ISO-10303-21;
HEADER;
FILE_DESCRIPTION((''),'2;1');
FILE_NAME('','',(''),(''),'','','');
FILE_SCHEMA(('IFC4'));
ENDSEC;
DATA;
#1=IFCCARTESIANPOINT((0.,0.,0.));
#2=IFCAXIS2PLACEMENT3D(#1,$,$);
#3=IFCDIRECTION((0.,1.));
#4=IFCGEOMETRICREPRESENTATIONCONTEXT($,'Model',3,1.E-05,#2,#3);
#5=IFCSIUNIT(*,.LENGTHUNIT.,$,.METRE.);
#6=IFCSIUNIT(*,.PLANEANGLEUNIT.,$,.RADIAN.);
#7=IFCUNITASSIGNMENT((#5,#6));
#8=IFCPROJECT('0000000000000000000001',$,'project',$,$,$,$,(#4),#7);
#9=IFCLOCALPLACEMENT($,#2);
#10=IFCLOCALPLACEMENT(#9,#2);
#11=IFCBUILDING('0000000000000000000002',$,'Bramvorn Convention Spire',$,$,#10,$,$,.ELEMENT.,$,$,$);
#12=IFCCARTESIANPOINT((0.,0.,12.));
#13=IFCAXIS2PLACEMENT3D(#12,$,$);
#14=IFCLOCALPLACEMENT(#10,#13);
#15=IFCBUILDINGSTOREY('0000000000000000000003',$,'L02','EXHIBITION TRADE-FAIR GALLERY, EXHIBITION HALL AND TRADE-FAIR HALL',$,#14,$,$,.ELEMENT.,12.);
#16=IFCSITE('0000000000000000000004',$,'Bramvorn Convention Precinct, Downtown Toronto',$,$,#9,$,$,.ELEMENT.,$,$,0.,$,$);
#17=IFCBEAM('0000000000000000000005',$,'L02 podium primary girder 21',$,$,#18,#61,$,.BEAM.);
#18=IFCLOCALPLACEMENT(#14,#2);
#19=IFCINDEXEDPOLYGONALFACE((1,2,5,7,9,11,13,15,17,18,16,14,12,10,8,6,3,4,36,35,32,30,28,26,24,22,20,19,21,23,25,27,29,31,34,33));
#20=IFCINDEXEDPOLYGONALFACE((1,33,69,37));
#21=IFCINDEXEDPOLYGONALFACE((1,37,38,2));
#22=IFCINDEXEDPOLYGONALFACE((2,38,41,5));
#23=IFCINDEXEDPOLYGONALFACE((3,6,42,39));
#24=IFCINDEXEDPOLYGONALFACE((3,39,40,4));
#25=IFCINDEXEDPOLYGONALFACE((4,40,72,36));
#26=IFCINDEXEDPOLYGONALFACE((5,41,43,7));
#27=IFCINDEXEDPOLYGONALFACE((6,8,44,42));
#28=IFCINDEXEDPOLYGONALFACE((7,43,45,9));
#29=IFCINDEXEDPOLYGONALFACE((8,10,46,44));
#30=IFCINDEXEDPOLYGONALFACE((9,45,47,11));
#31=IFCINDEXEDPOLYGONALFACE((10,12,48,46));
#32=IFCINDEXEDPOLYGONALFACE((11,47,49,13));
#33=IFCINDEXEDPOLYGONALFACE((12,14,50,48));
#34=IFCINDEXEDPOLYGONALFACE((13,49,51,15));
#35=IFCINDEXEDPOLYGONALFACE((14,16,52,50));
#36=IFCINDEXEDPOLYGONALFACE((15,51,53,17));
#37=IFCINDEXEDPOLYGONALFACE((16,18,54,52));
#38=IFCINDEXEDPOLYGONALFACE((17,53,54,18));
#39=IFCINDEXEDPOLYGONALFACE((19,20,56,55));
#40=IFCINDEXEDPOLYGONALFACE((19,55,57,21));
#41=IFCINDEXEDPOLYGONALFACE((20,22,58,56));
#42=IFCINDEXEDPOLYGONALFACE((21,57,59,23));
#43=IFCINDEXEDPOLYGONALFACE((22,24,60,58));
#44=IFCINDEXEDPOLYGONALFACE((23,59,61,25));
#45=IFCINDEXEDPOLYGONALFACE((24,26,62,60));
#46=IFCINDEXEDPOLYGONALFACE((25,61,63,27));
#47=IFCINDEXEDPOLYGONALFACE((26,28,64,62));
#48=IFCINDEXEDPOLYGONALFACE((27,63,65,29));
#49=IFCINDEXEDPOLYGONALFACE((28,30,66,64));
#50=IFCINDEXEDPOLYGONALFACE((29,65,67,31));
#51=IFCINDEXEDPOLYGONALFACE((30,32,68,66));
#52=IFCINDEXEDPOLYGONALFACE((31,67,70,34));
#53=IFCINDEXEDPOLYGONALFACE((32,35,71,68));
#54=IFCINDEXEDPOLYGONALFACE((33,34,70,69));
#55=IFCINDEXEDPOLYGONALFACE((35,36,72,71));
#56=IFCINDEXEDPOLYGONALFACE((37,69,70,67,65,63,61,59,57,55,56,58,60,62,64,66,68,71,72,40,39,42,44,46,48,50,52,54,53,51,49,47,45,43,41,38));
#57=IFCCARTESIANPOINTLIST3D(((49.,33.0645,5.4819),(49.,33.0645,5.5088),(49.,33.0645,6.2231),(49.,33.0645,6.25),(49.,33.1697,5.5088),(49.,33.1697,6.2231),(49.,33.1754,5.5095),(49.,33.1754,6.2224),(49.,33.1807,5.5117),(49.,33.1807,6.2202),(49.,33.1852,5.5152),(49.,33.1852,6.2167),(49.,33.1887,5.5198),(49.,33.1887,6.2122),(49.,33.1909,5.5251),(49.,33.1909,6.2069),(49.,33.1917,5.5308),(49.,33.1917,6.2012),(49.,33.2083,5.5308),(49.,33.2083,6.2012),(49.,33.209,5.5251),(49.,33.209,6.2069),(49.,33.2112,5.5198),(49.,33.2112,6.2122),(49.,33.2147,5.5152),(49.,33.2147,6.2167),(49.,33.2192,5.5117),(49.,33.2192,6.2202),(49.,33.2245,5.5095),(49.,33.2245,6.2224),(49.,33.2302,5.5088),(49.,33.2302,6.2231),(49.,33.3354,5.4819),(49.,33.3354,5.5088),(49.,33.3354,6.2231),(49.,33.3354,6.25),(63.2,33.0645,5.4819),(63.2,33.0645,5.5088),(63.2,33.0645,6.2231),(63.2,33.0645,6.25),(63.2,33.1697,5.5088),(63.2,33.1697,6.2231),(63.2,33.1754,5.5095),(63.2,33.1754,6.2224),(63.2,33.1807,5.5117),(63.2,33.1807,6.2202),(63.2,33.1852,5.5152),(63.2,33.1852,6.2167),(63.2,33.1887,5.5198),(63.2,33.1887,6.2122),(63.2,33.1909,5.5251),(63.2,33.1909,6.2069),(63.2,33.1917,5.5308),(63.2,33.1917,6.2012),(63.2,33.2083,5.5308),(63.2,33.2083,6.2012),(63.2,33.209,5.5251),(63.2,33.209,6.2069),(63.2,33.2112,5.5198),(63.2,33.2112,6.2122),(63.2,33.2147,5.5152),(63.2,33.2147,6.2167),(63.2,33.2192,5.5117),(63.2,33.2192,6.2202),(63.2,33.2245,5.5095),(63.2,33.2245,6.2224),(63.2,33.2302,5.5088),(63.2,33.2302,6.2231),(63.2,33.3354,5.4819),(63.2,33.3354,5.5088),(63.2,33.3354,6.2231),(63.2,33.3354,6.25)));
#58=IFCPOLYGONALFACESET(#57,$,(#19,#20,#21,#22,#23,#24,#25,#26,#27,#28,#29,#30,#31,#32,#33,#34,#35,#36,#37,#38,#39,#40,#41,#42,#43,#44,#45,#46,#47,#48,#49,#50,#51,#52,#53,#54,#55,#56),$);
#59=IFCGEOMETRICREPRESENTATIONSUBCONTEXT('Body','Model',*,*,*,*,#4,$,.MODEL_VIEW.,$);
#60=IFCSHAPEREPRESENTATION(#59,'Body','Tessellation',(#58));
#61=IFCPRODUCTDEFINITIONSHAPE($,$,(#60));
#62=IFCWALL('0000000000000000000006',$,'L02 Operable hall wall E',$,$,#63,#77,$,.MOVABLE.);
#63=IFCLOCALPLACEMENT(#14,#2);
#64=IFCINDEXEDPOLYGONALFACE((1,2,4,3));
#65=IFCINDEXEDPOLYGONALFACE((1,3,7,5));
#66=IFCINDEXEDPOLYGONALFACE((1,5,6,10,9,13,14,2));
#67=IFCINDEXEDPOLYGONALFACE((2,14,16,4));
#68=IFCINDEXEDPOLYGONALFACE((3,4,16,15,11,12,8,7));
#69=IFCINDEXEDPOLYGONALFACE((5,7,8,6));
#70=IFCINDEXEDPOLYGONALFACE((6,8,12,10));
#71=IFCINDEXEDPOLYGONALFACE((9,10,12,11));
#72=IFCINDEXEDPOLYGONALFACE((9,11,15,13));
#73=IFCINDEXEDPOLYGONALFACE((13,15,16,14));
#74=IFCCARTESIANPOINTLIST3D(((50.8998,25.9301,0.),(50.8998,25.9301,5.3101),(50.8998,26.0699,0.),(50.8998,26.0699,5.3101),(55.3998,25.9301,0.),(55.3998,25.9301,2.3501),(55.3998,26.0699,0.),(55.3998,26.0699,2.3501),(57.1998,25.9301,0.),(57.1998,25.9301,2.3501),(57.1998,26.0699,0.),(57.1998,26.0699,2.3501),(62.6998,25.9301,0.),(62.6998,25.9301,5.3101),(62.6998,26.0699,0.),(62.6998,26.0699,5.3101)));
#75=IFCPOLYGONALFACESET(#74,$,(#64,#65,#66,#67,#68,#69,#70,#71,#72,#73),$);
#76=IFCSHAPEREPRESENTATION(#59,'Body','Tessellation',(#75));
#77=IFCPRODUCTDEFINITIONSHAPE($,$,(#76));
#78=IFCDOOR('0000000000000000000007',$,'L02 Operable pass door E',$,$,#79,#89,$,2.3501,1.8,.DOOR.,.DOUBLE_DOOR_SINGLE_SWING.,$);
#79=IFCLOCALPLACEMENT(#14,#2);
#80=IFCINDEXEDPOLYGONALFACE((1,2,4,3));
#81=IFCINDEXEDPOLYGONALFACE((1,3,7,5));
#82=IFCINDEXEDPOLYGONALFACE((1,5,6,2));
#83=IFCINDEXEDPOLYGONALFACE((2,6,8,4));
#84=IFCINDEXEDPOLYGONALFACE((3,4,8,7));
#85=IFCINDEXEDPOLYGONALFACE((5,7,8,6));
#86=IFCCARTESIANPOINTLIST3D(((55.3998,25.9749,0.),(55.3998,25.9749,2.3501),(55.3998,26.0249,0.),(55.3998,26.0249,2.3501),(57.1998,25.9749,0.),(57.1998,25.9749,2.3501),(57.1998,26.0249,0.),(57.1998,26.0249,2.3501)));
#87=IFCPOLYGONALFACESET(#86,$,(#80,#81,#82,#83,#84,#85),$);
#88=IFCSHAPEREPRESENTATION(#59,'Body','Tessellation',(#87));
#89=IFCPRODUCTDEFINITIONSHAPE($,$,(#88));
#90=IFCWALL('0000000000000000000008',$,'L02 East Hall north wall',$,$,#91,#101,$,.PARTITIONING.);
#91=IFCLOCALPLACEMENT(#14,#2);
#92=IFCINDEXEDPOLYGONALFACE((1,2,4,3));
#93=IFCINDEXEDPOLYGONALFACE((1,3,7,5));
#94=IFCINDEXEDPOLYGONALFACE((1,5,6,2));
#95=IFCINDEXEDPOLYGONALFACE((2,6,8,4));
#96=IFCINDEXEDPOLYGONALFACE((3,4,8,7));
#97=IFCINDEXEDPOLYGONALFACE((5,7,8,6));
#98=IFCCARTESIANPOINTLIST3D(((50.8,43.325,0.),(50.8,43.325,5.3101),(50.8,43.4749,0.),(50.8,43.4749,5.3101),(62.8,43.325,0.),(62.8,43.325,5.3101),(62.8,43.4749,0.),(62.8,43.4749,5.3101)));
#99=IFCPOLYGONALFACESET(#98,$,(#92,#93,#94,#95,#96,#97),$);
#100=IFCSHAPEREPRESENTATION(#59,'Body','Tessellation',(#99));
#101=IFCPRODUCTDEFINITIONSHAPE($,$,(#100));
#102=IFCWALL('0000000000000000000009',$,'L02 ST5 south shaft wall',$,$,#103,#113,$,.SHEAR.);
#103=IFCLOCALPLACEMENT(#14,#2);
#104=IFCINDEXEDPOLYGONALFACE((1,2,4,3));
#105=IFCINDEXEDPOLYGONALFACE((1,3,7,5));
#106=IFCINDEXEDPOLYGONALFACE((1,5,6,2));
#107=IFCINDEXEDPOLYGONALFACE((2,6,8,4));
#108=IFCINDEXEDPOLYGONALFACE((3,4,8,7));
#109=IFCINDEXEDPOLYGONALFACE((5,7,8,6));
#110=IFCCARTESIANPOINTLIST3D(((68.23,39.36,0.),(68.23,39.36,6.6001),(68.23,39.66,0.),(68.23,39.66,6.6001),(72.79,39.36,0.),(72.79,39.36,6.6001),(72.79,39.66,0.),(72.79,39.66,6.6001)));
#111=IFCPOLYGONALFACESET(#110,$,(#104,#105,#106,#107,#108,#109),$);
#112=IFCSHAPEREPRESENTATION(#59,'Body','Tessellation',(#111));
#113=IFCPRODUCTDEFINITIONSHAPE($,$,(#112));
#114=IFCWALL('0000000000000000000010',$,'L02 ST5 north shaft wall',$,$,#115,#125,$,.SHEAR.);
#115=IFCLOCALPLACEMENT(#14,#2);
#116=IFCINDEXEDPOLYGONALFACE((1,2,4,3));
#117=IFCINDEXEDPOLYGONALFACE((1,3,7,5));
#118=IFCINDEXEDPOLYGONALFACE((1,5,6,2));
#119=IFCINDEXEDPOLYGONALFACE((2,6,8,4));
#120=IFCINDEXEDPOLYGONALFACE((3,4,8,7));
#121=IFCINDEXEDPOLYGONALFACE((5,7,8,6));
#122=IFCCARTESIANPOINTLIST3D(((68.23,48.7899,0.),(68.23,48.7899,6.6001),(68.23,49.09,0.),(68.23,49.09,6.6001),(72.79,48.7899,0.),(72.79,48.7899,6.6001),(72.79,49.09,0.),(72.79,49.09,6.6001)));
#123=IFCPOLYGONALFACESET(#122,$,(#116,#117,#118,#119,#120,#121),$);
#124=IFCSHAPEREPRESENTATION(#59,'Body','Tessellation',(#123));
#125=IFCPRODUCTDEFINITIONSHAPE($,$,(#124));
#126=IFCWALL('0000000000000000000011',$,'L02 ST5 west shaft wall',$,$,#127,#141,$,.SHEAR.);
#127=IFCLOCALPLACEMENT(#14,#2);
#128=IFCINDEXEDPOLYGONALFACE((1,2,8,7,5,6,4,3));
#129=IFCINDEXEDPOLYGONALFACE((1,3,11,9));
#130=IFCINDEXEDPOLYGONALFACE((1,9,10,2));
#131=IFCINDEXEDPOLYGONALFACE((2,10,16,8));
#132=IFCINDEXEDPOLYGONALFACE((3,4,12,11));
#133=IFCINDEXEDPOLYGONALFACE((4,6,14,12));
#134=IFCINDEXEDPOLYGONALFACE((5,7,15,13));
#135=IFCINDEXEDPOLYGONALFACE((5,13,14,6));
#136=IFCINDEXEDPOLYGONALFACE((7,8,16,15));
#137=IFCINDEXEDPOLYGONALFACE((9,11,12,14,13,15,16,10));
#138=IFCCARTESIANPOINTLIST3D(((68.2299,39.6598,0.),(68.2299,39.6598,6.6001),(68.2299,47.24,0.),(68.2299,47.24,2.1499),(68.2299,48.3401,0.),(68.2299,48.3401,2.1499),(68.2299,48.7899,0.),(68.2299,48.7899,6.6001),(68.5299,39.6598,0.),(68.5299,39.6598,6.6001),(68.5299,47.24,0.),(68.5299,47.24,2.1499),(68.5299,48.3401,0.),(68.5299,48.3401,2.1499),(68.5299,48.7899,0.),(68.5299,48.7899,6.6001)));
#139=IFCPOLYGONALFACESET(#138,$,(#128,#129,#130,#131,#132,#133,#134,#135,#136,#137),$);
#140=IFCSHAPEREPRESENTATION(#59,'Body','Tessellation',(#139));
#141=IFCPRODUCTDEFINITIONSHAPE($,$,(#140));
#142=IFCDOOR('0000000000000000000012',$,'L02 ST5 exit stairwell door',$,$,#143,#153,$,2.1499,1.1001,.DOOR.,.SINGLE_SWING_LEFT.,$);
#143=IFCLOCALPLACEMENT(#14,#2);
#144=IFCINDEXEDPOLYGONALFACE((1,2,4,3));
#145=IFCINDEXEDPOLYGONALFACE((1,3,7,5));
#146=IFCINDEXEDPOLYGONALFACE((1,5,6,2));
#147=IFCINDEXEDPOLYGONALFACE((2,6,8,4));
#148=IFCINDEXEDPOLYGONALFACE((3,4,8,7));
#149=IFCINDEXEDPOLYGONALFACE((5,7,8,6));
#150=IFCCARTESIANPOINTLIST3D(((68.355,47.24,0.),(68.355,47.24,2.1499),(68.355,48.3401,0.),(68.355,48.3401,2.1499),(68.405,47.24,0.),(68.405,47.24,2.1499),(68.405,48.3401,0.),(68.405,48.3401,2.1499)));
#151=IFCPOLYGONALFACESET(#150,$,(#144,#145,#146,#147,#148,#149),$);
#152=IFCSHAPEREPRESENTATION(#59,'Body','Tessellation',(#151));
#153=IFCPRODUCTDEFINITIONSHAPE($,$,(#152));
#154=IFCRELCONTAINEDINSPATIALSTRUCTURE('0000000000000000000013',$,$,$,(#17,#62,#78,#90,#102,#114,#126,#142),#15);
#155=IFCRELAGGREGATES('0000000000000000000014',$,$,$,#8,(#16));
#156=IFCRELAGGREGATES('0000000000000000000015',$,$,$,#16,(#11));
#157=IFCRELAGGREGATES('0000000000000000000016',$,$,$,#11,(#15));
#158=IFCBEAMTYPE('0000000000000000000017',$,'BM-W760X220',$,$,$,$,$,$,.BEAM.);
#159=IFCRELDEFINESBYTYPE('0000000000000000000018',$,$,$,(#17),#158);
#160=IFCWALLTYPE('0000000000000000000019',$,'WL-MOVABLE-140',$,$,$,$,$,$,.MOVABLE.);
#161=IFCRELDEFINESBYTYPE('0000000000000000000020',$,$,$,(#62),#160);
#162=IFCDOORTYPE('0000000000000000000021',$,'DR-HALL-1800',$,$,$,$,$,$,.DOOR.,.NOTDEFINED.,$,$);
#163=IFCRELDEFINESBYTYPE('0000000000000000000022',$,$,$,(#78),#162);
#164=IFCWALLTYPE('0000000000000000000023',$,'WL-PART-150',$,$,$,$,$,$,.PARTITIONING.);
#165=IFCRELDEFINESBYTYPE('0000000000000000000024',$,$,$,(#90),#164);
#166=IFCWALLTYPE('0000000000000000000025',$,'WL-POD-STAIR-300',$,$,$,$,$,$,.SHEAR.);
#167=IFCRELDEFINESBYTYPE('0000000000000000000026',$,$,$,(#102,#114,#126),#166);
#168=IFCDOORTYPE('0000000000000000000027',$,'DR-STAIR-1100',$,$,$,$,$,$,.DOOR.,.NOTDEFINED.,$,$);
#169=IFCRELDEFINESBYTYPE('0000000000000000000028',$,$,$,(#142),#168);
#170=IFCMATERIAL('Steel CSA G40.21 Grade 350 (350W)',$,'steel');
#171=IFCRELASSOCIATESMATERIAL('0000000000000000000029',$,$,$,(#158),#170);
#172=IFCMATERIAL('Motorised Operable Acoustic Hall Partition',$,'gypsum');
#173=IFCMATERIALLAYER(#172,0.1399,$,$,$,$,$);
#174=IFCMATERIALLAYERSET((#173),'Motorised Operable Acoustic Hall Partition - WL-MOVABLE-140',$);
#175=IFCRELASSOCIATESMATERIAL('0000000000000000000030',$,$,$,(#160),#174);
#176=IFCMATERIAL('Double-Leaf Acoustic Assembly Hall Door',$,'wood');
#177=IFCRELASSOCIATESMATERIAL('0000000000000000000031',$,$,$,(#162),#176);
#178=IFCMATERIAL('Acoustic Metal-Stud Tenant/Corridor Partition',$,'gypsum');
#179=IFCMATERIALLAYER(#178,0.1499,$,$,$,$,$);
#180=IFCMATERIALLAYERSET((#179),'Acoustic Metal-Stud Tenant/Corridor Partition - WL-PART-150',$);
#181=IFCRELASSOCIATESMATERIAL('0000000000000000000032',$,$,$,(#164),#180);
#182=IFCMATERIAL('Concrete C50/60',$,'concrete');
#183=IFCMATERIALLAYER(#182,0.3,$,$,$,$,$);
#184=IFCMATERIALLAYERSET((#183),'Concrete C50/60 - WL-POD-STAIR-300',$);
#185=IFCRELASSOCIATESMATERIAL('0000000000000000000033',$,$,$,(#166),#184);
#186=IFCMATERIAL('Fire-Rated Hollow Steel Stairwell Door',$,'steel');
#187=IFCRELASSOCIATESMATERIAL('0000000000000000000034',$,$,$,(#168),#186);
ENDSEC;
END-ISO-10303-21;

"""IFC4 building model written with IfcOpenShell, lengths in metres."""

from ifc_helpers import new_model, si_unit, direction, frame, frame_2d, origin, origin_2d, place, context, subcontext, project, spatial, rectangle, i_section, extrude, material, layer, layer_set, material_profile, profile_set, type_object, element, fill, save


model = new_model("IFC4")

# Units and contexts
model_context = context("Model", 3, precision=1e-05, world=origin(), true_north=direction((0.0, 1.0)))
body_context = subcontext(model_context, "Body", "Model", "MODEL_VIEW")
ifc_project = project(units=[si_unit("LENGTHUNIT", "METRE"), si_unit("PLANEANGLEUNIT", "RADIAN")], contexts=[model_context])

# Site, building, storey
site_placement = place(None, origin())
site = spatial("IfcSite", under=ifc_project, at=site_placement, Name="Bramvorn Convention Precinct, Downtown Toronto", CompositionType="ELEMENT", RefElevation=0.0)
building_placement = place(site_placement, origin())
building = spatial("IfcBuilding", under=site, at=building_placement, Name="Bramvorn Convention Spire", CompositionType="ELEMENT")
storey_placement = place(building_placement, frame((0.0, 0.0, 12.0)))
storey = spatial("IfcBuildingStorey", under=building, at=storey_placement, Name="L02", Description="EXHIBITION TRADE-FAIR GALLERY, EXHIBITION HALL AND TRADE-FAIR HALL", CompositionType="ELEMENT", Elevation=12.0)

# Shared definitions
ifc_material_1 = material(Name="Steel CSA G40.21 Grade 350 (350W)", Category="steel")

# Beam
ifc_material_profile_1 = material_profile(ifc_material_1, i_section(OverallWidth=0.271, OverallDepth=0.7681, WebThickness=0.0166, FlangeThickness=0.0269, FilletRadius=0.022, at=origin_2d()))
ifc_profile_set_1 = profile_set([ifc_material_profile_1], Name="Steel CSA G40.21 Grade 350 (350W) - W760X220")
beam_type_1 = type_object("IfcBeamType", Name="BM-W760X220", PredefinedType="BEAM", material=ifc_profile_set_1)
for number, where, z_axis, x_axis, name in (
    (1, (49.0, 33.2, 5.866), (1.0, 0.0, 0.0), (0.0, 1.0, 0.0), "L02 podium primary girder 21"),
):
    element("IfcBeam", number, at=place(storey_placement, frame(where, z_axis=z_axis, x_axis=x_axis)), inside=storey, type_object=beam_type_1, Name=name, PredefinedType="BEAM", context=body_context, shape_type="SweptSolid", body=[
        extrude(i_section(OverallWidth=0.271, OverallDepth=0.7681, WebThickness=0.0166, FlangeThickness=0.0269, FilletRadius=0.022, at=origin_2d()), origin(), (0.0, 0.0, 1.0), 14.2),
    ])

# Wall, opening, door
ifc_material_2 = material(Name="Motorised Operable Acoustic Hall Partition", Category="gypsum")
ifc_layer_1 = layer(ifc_material_2, 0.1399)
ifc_layer_set_1 = layer_set([ifc_layer_1], Name="Motorised Operable Acoustic Hall Partition - WL-MOVABLE-140")
wall_type_1 = type_object("IfcWallType", Name="WL-MOVABLE-140", PredefinedType="MOVABLE", material=ifc_layer_set_1)
wall_1_placement = place(storey_placement, frame((50.8999, 26.0, 0.0), z_axis=(0.0, 0.0, 1.0), x_axis=(1.0, 0.0, 0.0)))
wall_1 = element("IfcWall", 2, at=wall_1_placement, inside=storey, type_object=wall_type_1, Name="L02 Operable hall wall E", PredefinedType="MOVABLE", context=body_context, shape_type="SweptSolid", body=[
    extrude(rectangle(XDim=11.8, YDim=0.1399, at=frame_2d((5.8999, 0.0))), origin(), (0.0, 0.0, 1.0), 5.3101),
])
opening_1_placement = place(wall_1_placement, frame((4.5, 0.0, 0.0)))
opening_1 = element("IfcOpeningElement", 3, at=opening_1_placement, cuts=wall_1, PredefinedType="OPENING", context=body_context, shape_type="SweptSolid", body=[
    extrude(rectangle(XDim=1.8, YDim=2.3501, at=frame_2d((0.8999, 1.175))), frame((0.0, 0.0798, 0.0), z_axis=(0.0, -1.0, 0.0), x_axis=(1.0, 0.0, 0.0)), (0.0, 0.0, 1.0), 0.1599),
])
ifc_material_3 = material(Name="Double-Leaf Acoustic Assembly Hall Door", Category="wood")
door_type_1 = type_object("IfcDoorType", Name="DR-HALL-1800", OperationType="NOTDEFINED", PredefinedType="DOOR", material=ifc_material_3)
door_1_placement = place(opening_1_placement, origin())
door_1 = element("IfcDoor", 4, at=door_1_placement, inside=storey, type_object=door_type_1, Name="L02 Operable pass door E", OperationType="DOUBLE_DOOR_SINGLE_SWING", OverallHeight=2.3501, OverallWidth=1.8, PredefinedType="DOOR", context=body_context, shape_type="SweptSolid", body=[
    extrude(rectangle(XDim=1.8, YDim=2.3501, at=frame_2d((0.8999, 1.175))), frame((0.0, 0.0249, 0.0), z_axis=(0.0, -1.0, 0.0), x_axis=(1.0, 0.0, 0.0)), (0.0, 0.0, 1.0), 0.05),
])
fill(opening_1, door_1)

# Walls
ifc_material_4 = material(Name="Acoustic Metal-Stud Tenant/Corridor Partition", Category="gypsum")
ifc_layer_2 = layer(ifc_material_4, 0.1499)
ifc_layer_set_2 = layer_set([ifc_layer_2], Name="Acoustic Metal-Stud Tenant/Corridor Partition - WL-PART-150")
wall_type_2 = type_object("IfcWallType", Name="WL-PART-150", PredefinedType="PARTITIONING", material=ifc_layer_set_2)
wall_2_placement = place(storey_placement, frame((50.8, 43.3999, 0.0), z_axis=(0.0, 0.0, 1.0), x_axis=(1.0, 0.0, 0.0)))
element("IfcWall", 5, at=wall_2_placement, inside=storey, type_object=wall_type_2, Name="L02 East Hall north wall", PredefinedType="PARTITIONING", context=body_context, shape_type="SweptSolid", body=[
    extrude(rectangle(XDim=12.0, YDim=0.1499, at=frame_2d((6.0, 0.0))), origin(), (0.0, 0.0, 1.0), 5.3101),
])
ifc_material_5 = material(Name="Concrete C50/60", Category="concrete")
ifc_layer_3 = layer(ifc_material_5, 0.3)
ifc_layer_set_3 = layer_set([ifc_layer_3], Name="Concrete C50/60 - WL-POD-STAIR-300")
wall_type_3 = type_object("IfcWallType", Name="WL-POD-STAIR-300", PredefinedType="SHEAR", material=ifc_layer_set_3)
for number, where, z_axis, x_axis, name in (
    (6, (68.23, 39.51, 0.0), (0.0, 0.0, 1.0), (1.0, 0.0, 0.0), "L02 ST5 south shaft wall"),
    (7, (68.23, 48.9399, 0.0), (0.0, 0.0, 1.0), (1.0, 0.0, 0.0), "L02 ST5 north shaft wall"),
):
    element("IfcWall", number, at=place(storey_placement, frame(where, z_axis=z_axis, x_axis=x_axis)), inside=storey, type_object=wall_type_3, Name=name, PredefinedType="SHEAR", context=body_context, shape_type="SweptSolid", body=[
        extrude(rectangle(XDim=4.5601, YDim=0.3, at=frame_2d((2.28, 0.0))), origin(), (0.0, 0.0, 1.0), 6.6001),
    ])

# Wall, opening, door
wall_3_placement = place(storey_placement, frame((68.3799, 39.6599, 0.0), z_axis=(0.0, 0.0, 1.0), x_axis=(0.0, 1.0, 0.0)))
wall_3 = element("IfcWall", 8, at=wall_3_placement, inside=storey, type_object=wall_type_3, Name="L02 ST5 west shaft wall", PredefinedType="SHEAR", context=body_context, shape_type="SweptSolid", body=[
    extrude(rectangle(XDim=9.1301, YDim=0.3, at=frame_2d((4.5649, 0.0))), origin(), (0.0, 0.0, 1.0), 6.6001),
])
opening_2_placement = place(wall_3_placement, frame((7.5801, 0.0, 0.0)))
opening_2 = element("IfcOpeningElement", 9, at=opening_2_placement, cuts=wall_3, PredefinedType="OPENING", context=body_context, shape_type="SweptSolid", body=[
    extrude(rectangle(XDim=1.1001, YDim=2.1499, at=frame_2d((0.55, 1.075))), frame((0.0, 0.1599, 0.0), z_axis=(0.0, -1.0, 0.0), x_axis=(1.0, 0.0, 0.0)), (0.0, 0.0, 1.0), 0.3201),
])
ifc_material_6 = material(Name="Fire-Rated Hollow Steel Stairwell Door", Category="steel")
door_type_2 = type_object("IfcDoorType", Name="DR-STAIR-1100", OperationType="NOTDEFINED", PredefinedType="DOOR", material=ifc_material_6)
door_2_placement = place(opening_2_placement, origin())
door_2 = element("IfcDoor", 10, at=door_2_placement, inside=storey, type_object=door_type_2, Name="L02 ST5 exit stairwell door", OperationType="SINGLE_SWING_LEFT", OverallHeight=2.1499, OverallWidth=1.1001, PredefinedType="DOOR", context=body_context, shape_type="SweptSolid", body=[
    extrude(rectangle(XDim=1.1001, YDim=2.1499, at=frame_2d((0.55, 1.075))), frame((0.0, 0.0249, 0.0), z_axis=(0.0, -1.0, 0.0), x_axis=(1.0, 0.0, 0.0)), (0.0, 0.0, 1.0), 0.05),
])
fill(opening_2, door_2)

save(model, "model.ifc")
